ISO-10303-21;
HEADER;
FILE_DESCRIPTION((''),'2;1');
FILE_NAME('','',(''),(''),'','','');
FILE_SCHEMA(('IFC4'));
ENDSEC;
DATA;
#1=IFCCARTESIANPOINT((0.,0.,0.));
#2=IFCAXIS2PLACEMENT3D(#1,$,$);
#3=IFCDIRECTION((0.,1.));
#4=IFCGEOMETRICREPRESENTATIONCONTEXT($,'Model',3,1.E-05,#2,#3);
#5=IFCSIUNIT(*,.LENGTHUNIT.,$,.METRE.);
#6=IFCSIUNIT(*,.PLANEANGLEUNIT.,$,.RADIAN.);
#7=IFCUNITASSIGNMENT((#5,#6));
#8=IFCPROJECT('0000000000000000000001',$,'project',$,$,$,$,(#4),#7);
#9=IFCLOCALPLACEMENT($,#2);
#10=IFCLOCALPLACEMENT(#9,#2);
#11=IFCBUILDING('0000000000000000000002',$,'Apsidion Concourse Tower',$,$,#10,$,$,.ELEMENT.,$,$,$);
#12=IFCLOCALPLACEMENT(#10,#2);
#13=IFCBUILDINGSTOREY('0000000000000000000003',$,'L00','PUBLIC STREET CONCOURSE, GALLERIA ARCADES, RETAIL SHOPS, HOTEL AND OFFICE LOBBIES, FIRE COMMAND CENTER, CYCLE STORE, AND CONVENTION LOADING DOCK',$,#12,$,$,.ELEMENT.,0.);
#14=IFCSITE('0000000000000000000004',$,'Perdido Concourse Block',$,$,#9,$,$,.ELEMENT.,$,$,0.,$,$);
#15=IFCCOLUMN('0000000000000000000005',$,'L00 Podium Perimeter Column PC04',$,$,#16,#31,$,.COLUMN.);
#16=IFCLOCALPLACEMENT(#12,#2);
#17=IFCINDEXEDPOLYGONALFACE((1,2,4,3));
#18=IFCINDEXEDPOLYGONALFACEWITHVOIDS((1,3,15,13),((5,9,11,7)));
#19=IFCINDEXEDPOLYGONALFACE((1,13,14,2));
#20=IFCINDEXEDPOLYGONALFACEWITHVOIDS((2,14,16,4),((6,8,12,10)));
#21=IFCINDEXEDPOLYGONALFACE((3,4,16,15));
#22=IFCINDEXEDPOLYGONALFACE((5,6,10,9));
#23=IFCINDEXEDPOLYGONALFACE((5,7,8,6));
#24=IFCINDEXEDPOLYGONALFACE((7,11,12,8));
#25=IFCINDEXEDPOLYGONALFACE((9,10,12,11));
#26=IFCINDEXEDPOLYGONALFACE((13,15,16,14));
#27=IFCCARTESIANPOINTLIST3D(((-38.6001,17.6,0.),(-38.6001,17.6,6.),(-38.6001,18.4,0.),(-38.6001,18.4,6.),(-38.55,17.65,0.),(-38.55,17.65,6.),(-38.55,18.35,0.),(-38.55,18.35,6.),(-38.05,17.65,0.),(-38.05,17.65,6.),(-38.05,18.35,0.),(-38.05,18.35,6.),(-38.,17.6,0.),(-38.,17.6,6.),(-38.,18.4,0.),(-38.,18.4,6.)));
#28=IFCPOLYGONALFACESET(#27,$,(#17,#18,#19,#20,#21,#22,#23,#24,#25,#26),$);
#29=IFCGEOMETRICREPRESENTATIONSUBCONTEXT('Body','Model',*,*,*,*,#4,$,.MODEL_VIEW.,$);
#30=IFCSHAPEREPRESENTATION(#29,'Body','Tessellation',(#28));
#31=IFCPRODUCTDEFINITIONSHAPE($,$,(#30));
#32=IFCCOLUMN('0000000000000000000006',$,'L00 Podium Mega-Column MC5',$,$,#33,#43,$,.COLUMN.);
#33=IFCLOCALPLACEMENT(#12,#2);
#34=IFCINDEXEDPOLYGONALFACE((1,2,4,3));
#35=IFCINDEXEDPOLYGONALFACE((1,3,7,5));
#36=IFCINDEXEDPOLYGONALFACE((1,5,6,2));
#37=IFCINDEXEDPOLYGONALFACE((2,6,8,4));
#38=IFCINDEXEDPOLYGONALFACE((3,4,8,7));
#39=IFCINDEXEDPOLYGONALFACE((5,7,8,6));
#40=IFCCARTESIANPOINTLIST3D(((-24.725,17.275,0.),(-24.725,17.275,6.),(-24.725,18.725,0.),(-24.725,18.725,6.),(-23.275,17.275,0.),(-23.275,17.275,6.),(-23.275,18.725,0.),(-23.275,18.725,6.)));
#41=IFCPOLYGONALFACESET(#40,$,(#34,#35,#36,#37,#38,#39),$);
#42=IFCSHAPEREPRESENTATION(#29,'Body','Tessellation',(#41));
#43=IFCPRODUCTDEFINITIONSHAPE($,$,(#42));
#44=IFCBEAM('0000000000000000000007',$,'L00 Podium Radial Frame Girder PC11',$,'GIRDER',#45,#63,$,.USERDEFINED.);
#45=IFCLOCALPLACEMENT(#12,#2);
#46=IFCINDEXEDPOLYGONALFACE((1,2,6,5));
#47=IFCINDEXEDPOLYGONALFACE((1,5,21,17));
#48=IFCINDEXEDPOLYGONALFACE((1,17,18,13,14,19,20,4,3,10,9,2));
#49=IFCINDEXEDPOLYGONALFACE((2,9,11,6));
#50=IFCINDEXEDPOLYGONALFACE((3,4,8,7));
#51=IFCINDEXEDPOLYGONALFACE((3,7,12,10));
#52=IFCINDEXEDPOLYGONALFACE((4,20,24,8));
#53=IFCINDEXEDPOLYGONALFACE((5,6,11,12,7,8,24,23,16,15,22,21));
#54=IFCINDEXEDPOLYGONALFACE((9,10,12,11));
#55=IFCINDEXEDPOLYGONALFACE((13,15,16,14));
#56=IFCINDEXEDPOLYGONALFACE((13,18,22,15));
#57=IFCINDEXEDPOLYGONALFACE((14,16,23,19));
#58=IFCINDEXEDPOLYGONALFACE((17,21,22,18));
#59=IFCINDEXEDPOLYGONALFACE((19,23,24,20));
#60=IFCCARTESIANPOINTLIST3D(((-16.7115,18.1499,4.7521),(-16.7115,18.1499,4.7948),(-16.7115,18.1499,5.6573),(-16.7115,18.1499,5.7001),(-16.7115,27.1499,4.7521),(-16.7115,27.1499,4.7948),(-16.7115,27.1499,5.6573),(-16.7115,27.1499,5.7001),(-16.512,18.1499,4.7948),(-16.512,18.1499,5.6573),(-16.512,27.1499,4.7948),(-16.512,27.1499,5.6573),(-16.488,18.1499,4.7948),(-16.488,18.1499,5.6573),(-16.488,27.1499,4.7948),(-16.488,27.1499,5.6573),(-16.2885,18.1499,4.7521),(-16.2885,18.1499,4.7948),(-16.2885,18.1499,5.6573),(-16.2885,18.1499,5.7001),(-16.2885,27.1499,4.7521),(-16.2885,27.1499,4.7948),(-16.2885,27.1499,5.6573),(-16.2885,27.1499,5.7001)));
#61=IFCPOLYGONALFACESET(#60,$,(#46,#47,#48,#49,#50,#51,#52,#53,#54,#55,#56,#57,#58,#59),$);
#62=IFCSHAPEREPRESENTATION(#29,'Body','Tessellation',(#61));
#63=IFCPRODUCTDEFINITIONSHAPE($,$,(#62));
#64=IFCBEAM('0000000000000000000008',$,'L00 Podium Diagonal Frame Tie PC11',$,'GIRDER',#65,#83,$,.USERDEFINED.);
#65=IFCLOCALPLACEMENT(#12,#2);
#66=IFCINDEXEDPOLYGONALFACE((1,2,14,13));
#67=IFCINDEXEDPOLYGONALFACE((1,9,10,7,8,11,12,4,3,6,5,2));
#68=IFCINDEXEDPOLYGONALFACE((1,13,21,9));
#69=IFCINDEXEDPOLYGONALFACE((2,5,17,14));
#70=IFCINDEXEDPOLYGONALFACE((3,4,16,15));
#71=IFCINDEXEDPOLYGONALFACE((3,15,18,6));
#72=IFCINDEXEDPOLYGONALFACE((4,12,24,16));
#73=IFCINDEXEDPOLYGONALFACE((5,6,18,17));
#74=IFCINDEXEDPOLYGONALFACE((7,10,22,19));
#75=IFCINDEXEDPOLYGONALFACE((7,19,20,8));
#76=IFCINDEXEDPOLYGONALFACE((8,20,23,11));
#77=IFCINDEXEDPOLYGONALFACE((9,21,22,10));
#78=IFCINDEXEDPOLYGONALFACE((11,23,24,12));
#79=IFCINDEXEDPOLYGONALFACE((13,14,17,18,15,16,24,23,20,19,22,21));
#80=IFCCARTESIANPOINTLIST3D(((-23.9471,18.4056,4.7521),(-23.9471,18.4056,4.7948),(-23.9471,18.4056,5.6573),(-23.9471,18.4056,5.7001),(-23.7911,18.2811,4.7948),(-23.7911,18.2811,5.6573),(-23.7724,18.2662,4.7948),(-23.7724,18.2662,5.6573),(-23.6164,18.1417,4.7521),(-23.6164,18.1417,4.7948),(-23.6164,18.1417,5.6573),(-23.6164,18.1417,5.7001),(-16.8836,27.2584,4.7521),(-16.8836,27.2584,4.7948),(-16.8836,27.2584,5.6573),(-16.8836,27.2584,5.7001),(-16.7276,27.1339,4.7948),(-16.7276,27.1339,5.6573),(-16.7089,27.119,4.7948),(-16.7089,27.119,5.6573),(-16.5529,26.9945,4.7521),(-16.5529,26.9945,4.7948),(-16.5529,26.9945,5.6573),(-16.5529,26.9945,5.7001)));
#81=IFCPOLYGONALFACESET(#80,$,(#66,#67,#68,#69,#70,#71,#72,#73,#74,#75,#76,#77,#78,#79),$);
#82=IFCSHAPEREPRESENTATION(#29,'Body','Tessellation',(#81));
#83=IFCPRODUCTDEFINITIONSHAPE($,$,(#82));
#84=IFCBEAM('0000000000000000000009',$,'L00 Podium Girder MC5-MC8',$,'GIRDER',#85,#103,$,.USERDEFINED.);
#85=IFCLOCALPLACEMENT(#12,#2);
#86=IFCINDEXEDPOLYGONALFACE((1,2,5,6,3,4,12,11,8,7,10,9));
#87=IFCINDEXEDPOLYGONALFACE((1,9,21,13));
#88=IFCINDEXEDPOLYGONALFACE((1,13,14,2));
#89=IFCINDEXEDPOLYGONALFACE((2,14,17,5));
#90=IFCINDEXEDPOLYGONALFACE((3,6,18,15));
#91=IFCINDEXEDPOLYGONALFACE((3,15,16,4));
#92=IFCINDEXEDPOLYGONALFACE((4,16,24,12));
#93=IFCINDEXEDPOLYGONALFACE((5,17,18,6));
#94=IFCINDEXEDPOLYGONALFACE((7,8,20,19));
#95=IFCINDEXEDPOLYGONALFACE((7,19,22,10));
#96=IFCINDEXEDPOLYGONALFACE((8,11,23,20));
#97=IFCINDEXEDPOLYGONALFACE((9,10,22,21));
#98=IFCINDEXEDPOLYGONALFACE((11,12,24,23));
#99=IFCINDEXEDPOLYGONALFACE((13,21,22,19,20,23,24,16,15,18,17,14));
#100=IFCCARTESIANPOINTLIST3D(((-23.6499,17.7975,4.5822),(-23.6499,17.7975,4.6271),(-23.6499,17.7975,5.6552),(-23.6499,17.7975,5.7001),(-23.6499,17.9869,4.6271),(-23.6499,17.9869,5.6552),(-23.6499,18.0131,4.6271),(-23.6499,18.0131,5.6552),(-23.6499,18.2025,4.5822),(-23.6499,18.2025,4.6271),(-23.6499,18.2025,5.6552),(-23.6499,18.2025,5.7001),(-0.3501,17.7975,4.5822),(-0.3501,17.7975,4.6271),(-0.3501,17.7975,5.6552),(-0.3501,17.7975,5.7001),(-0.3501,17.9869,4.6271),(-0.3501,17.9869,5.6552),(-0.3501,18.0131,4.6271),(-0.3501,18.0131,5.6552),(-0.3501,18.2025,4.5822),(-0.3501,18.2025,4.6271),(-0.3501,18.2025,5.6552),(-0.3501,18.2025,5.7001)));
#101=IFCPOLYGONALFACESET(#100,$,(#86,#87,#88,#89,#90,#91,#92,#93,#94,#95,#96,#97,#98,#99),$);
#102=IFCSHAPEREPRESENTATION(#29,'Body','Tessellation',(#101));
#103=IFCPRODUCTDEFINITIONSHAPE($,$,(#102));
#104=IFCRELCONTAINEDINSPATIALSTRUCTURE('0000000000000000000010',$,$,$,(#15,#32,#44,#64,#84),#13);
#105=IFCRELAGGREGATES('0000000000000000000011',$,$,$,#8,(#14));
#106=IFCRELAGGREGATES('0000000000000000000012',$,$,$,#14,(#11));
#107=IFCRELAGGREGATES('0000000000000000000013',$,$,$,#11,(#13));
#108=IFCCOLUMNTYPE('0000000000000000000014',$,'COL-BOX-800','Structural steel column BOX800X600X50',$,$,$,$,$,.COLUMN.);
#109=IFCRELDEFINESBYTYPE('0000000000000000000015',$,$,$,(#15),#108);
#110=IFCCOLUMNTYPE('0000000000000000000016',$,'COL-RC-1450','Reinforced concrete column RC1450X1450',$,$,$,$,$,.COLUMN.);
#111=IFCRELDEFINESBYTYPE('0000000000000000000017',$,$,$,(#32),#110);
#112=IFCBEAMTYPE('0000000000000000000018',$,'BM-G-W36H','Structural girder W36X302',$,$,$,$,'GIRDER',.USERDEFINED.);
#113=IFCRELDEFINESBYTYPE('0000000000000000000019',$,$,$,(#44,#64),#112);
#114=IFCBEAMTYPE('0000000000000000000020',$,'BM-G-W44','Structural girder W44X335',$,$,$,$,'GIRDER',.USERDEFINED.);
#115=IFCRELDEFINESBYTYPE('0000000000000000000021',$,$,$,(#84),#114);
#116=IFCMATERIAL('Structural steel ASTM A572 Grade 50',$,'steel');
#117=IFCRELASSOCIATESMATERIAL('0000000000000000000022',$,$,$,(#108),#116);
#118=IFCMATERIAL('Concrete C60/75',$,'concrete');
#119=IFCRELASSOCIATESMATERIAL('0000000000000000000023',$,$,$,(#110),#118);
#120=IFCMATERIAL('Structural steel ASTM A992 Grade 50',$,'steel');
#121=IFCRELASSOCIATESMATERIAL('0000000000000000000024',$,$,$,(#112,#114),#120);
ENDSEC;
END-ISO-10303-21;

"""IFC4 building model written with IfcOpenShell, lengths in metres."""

from ifc_helpers import new_model, si_unit, direction, frame, origin, origin_2d, place, context, subcontext, project, spatial, rectangle, hollow_rectangle, i_section, extrude, material, material_profile, profile_set, type_object, element, save


model = new_model("IFC4")

# Units and contexts
model_context = context("Model", 3, precision=1e-05, world=origin(), true_north=direction((0.0, 1.0)))
body_context = subcontext(model_context, "Body", "Model", "MODEL_VIEW")
ifc_project = project(units=[si_unit("LENGTHUNIT", "METRE"), si_unit("PLANEANGLEUNIT", "RADIAN")], contexts=[model_context])

# Site, building, storey
site_placement = place(None, origin())
site = spatial("IfcSite", under=ifc_project, at=site_placement, Name="Perdido Concourse Block", CompositionType="ELEMENT", RefElevation=0.0)
building_placement = place(site_placement, origin())
building = spatial("IfcBuilding", under=site, at=building_placement, Name="Apsidion Concourse Tower", CompositionType="ELEMENT")
storey_placement = place(building_placement, origin())
storey = spatial("IfcBuildingStorey", under=building, at=storey_placement, Name="L00", Description="PUBLIC STREET CONCOURSE, GALLERIA ARCADES, RETAIL SHOPS, HOTEL AND OFFICE LOBBIES, FIRE COMMAND CENTER, CYCLE STORE, AND CONVENTION LOADING DOCK", CompositionType="ELEMENT", Elevation=0.0)

# Columns
ifc_material_1 = material(Name="Structural steel ASTM A572 Grade 50", Category="steel")
ifc_material_profile_1 = material_profile(ifc_material_1, hollow_rectangle(XDim=0.6001, YDim=0.8, WallThickness=0.05, at=origin_2d()), Name="BOX800X600X50")
ifc_profile_set_1 = profile_set([ifc_material_profile_1], Name="Structural steel ASTM A572 Grade 50")
column_type_1 = type_object("IfcColumnType", Name="COL-BOX-800", Description="Structural steel column BOX800X600X50", PredefinedType="COLUMN", material=ifc_profile_set_1)
column_1_placement = place(storey_placement, frame((-38.3, 18.0, 0.0), z_axis=(0.0, 0.0, 1.0), x_axis=(1.0, 0.0, 0.0)))
element("IfcColumn", 1, at=column_1_placement, inside=storey, type_object=column_type_1, Name="L00 Podium Perimeter Column PC04", PredefinedType="COLUMN", context=body_context, shape_type="SweptSolid", body=[
    extrude(hollow_rectangle(XDim=0.6001, YDim=0.8, WallThickness=0.05, at=origin_2d()), origin(), (0.0, 0.0, 1.0), 6.0),
])
ifc_material_2 = material(Name="Concrete C60/75", Category="concrete")
ifc_material_profile_2 = material_profile(ifc_material_2, rectangle(XDim=1.45, YDim=1.45, at=origin_2d()), Name="RC 1450x1450")
ifc_profile_set_2 = profile_set([ifc_material_profile_2], Name="Concrete C60/75")
column_type_2 = type_object("IfcColumnType", Name="COL-RC-1450", Description="Reinforced concrete column RC1450X1450", PredefinedType="COLUMN", material=ifc_profile_set_2)
column_2_placement = place(storey_placement, frame((-24.0, 18.0, 0.0), z_axis=(0.0, 0.0, 1.0), x_axis=(1.0, 0.0, 0.0)))
element("IfcColumn", 2, at=column_2_placement, inside=storey, type_object=column_type_2, Name="L00 Podium Mega-Column MC5", PredefinedType="COLUMN", context=body_context, shape_type="SweptSolid", body=[
    extrude(rectangle(XDim=1.45, YDim=1.45, at=origin_2d()), origin(), (0.0, 0.0, 1.0), 6.0),
])

# Beams
ifc_material_3 = material(Name="Structural steel ASTM A992 Grade 50", Category="steel")
ifc_material_profile_3 = material_profile(ifc_material_3, i_section(OverallWidth=0.4231, OverallDepth=0.948, WebThickness=0.0239, FlangeThickness=0.0427, at=origin_2d()), Name="W36X302")
ifc_profile_set_3 = profile_set([ifc_material_profile_3], Name="Structural steel ASTM A992 Grade 50")
beam_type_1 = type_object("IfcBeamType", Name="BM-G-W36H", Description="Structural girder W36X302", ElementType="GIRDER", PredefinedType="USERDEFINED", material=ifc_profile_set_3)
beam_1_placement = place(storey_placement, frame((-16.5, 27.1499, 5.2261), z_axis=(0.0, -1.0, 0.0), x_axis=(1.0, 0.0, 0.0)))
element("IfcBeam", 3, at=beam_1_placement, inside=storey, type_object=beam_type_1, Name="L00 Podium Radial Frame Girder PC11", ObjectType="GIRDER", PredefinedType="USERDEFINED", context=body_context, shape_type="SweptSolid", body=[
    extrude(i_section(OverallWidth=0.4231, OverallDepth=0.948, WebThickness=0.0239, FlangeThickness=0.0427, at=origin_2d()), origin(), (0.0, 0.0, 1.0), 9.0),
])
beam_2_placement = place(storey_placement, frame((-16.7183, 27.1265, 5.2261), z_axis=(-0.623685, -0.781676, 0.0), x_axis=(0.781676, -0.623685, 0.0)))
element("IfcBeam", 4, at=beam_2_placement, inside=storey, type_object=beam_type_1, Name="L00 Podium Diagonal Frame Tie PC11", ObjectType="GIRDER", PredefinedType="USERDEFINED", context=body_context, shape_type="SweptSolid", body=[
    extrude(i_section(OverallWidth=0.4231, OverallDepth=0.948, WebThickness=0.0239, FlangeThickness=0.0427, at=origin_2d()), origin(), (0.0, 0.0, 1.0), 11.3254),
])
ifc_material_profile_4 = material_profile(ifc_material_3, i_section(OverallWidth=0.405, OverallDepth=1.1179, WebThickness=0.0261, FlangeThickness=0.0449, at=origin_2d()), Name="W44X335")
ifc_profile_set_4 = profile_set([ifc_material_profile_4], Name="Structural steel ASTM A992 Grade 50")
beam_type_2 = type_object("IfcBeamType", Name="BM-G-W44", Description="Structural girder W44X335", ElementType="GIRDER", PredefinedType="USERDEFINED", material=ifc_profile_set_4)
beam_3_placement = place(storey_placement, frame((-23.6499, 18.0, 5.1411), z_axis=(1.0, 0.0, 0.0), x_axis=(0.0, 1.0, 0.0)))
element("IfcBeam", 5, at=beam_3_placement, inside=storey, type_object=beam_type_2, Name="L00 Podium Girder MC5-MC8", ObjectType="GIRDER", PredefinedType="USERDEFINED", context=body_context, shape_type="SweptSolid", body=[
    extrude(i_section(OverallWidth=0.405, OverallDepth=1.1179, WebThickness=0.0261, FlangeThickness=0.0449, at=origin_2d()), origin(), (0.0, 0.0, 1.0), 23.2998),
])

save(model, "model.ifc")
